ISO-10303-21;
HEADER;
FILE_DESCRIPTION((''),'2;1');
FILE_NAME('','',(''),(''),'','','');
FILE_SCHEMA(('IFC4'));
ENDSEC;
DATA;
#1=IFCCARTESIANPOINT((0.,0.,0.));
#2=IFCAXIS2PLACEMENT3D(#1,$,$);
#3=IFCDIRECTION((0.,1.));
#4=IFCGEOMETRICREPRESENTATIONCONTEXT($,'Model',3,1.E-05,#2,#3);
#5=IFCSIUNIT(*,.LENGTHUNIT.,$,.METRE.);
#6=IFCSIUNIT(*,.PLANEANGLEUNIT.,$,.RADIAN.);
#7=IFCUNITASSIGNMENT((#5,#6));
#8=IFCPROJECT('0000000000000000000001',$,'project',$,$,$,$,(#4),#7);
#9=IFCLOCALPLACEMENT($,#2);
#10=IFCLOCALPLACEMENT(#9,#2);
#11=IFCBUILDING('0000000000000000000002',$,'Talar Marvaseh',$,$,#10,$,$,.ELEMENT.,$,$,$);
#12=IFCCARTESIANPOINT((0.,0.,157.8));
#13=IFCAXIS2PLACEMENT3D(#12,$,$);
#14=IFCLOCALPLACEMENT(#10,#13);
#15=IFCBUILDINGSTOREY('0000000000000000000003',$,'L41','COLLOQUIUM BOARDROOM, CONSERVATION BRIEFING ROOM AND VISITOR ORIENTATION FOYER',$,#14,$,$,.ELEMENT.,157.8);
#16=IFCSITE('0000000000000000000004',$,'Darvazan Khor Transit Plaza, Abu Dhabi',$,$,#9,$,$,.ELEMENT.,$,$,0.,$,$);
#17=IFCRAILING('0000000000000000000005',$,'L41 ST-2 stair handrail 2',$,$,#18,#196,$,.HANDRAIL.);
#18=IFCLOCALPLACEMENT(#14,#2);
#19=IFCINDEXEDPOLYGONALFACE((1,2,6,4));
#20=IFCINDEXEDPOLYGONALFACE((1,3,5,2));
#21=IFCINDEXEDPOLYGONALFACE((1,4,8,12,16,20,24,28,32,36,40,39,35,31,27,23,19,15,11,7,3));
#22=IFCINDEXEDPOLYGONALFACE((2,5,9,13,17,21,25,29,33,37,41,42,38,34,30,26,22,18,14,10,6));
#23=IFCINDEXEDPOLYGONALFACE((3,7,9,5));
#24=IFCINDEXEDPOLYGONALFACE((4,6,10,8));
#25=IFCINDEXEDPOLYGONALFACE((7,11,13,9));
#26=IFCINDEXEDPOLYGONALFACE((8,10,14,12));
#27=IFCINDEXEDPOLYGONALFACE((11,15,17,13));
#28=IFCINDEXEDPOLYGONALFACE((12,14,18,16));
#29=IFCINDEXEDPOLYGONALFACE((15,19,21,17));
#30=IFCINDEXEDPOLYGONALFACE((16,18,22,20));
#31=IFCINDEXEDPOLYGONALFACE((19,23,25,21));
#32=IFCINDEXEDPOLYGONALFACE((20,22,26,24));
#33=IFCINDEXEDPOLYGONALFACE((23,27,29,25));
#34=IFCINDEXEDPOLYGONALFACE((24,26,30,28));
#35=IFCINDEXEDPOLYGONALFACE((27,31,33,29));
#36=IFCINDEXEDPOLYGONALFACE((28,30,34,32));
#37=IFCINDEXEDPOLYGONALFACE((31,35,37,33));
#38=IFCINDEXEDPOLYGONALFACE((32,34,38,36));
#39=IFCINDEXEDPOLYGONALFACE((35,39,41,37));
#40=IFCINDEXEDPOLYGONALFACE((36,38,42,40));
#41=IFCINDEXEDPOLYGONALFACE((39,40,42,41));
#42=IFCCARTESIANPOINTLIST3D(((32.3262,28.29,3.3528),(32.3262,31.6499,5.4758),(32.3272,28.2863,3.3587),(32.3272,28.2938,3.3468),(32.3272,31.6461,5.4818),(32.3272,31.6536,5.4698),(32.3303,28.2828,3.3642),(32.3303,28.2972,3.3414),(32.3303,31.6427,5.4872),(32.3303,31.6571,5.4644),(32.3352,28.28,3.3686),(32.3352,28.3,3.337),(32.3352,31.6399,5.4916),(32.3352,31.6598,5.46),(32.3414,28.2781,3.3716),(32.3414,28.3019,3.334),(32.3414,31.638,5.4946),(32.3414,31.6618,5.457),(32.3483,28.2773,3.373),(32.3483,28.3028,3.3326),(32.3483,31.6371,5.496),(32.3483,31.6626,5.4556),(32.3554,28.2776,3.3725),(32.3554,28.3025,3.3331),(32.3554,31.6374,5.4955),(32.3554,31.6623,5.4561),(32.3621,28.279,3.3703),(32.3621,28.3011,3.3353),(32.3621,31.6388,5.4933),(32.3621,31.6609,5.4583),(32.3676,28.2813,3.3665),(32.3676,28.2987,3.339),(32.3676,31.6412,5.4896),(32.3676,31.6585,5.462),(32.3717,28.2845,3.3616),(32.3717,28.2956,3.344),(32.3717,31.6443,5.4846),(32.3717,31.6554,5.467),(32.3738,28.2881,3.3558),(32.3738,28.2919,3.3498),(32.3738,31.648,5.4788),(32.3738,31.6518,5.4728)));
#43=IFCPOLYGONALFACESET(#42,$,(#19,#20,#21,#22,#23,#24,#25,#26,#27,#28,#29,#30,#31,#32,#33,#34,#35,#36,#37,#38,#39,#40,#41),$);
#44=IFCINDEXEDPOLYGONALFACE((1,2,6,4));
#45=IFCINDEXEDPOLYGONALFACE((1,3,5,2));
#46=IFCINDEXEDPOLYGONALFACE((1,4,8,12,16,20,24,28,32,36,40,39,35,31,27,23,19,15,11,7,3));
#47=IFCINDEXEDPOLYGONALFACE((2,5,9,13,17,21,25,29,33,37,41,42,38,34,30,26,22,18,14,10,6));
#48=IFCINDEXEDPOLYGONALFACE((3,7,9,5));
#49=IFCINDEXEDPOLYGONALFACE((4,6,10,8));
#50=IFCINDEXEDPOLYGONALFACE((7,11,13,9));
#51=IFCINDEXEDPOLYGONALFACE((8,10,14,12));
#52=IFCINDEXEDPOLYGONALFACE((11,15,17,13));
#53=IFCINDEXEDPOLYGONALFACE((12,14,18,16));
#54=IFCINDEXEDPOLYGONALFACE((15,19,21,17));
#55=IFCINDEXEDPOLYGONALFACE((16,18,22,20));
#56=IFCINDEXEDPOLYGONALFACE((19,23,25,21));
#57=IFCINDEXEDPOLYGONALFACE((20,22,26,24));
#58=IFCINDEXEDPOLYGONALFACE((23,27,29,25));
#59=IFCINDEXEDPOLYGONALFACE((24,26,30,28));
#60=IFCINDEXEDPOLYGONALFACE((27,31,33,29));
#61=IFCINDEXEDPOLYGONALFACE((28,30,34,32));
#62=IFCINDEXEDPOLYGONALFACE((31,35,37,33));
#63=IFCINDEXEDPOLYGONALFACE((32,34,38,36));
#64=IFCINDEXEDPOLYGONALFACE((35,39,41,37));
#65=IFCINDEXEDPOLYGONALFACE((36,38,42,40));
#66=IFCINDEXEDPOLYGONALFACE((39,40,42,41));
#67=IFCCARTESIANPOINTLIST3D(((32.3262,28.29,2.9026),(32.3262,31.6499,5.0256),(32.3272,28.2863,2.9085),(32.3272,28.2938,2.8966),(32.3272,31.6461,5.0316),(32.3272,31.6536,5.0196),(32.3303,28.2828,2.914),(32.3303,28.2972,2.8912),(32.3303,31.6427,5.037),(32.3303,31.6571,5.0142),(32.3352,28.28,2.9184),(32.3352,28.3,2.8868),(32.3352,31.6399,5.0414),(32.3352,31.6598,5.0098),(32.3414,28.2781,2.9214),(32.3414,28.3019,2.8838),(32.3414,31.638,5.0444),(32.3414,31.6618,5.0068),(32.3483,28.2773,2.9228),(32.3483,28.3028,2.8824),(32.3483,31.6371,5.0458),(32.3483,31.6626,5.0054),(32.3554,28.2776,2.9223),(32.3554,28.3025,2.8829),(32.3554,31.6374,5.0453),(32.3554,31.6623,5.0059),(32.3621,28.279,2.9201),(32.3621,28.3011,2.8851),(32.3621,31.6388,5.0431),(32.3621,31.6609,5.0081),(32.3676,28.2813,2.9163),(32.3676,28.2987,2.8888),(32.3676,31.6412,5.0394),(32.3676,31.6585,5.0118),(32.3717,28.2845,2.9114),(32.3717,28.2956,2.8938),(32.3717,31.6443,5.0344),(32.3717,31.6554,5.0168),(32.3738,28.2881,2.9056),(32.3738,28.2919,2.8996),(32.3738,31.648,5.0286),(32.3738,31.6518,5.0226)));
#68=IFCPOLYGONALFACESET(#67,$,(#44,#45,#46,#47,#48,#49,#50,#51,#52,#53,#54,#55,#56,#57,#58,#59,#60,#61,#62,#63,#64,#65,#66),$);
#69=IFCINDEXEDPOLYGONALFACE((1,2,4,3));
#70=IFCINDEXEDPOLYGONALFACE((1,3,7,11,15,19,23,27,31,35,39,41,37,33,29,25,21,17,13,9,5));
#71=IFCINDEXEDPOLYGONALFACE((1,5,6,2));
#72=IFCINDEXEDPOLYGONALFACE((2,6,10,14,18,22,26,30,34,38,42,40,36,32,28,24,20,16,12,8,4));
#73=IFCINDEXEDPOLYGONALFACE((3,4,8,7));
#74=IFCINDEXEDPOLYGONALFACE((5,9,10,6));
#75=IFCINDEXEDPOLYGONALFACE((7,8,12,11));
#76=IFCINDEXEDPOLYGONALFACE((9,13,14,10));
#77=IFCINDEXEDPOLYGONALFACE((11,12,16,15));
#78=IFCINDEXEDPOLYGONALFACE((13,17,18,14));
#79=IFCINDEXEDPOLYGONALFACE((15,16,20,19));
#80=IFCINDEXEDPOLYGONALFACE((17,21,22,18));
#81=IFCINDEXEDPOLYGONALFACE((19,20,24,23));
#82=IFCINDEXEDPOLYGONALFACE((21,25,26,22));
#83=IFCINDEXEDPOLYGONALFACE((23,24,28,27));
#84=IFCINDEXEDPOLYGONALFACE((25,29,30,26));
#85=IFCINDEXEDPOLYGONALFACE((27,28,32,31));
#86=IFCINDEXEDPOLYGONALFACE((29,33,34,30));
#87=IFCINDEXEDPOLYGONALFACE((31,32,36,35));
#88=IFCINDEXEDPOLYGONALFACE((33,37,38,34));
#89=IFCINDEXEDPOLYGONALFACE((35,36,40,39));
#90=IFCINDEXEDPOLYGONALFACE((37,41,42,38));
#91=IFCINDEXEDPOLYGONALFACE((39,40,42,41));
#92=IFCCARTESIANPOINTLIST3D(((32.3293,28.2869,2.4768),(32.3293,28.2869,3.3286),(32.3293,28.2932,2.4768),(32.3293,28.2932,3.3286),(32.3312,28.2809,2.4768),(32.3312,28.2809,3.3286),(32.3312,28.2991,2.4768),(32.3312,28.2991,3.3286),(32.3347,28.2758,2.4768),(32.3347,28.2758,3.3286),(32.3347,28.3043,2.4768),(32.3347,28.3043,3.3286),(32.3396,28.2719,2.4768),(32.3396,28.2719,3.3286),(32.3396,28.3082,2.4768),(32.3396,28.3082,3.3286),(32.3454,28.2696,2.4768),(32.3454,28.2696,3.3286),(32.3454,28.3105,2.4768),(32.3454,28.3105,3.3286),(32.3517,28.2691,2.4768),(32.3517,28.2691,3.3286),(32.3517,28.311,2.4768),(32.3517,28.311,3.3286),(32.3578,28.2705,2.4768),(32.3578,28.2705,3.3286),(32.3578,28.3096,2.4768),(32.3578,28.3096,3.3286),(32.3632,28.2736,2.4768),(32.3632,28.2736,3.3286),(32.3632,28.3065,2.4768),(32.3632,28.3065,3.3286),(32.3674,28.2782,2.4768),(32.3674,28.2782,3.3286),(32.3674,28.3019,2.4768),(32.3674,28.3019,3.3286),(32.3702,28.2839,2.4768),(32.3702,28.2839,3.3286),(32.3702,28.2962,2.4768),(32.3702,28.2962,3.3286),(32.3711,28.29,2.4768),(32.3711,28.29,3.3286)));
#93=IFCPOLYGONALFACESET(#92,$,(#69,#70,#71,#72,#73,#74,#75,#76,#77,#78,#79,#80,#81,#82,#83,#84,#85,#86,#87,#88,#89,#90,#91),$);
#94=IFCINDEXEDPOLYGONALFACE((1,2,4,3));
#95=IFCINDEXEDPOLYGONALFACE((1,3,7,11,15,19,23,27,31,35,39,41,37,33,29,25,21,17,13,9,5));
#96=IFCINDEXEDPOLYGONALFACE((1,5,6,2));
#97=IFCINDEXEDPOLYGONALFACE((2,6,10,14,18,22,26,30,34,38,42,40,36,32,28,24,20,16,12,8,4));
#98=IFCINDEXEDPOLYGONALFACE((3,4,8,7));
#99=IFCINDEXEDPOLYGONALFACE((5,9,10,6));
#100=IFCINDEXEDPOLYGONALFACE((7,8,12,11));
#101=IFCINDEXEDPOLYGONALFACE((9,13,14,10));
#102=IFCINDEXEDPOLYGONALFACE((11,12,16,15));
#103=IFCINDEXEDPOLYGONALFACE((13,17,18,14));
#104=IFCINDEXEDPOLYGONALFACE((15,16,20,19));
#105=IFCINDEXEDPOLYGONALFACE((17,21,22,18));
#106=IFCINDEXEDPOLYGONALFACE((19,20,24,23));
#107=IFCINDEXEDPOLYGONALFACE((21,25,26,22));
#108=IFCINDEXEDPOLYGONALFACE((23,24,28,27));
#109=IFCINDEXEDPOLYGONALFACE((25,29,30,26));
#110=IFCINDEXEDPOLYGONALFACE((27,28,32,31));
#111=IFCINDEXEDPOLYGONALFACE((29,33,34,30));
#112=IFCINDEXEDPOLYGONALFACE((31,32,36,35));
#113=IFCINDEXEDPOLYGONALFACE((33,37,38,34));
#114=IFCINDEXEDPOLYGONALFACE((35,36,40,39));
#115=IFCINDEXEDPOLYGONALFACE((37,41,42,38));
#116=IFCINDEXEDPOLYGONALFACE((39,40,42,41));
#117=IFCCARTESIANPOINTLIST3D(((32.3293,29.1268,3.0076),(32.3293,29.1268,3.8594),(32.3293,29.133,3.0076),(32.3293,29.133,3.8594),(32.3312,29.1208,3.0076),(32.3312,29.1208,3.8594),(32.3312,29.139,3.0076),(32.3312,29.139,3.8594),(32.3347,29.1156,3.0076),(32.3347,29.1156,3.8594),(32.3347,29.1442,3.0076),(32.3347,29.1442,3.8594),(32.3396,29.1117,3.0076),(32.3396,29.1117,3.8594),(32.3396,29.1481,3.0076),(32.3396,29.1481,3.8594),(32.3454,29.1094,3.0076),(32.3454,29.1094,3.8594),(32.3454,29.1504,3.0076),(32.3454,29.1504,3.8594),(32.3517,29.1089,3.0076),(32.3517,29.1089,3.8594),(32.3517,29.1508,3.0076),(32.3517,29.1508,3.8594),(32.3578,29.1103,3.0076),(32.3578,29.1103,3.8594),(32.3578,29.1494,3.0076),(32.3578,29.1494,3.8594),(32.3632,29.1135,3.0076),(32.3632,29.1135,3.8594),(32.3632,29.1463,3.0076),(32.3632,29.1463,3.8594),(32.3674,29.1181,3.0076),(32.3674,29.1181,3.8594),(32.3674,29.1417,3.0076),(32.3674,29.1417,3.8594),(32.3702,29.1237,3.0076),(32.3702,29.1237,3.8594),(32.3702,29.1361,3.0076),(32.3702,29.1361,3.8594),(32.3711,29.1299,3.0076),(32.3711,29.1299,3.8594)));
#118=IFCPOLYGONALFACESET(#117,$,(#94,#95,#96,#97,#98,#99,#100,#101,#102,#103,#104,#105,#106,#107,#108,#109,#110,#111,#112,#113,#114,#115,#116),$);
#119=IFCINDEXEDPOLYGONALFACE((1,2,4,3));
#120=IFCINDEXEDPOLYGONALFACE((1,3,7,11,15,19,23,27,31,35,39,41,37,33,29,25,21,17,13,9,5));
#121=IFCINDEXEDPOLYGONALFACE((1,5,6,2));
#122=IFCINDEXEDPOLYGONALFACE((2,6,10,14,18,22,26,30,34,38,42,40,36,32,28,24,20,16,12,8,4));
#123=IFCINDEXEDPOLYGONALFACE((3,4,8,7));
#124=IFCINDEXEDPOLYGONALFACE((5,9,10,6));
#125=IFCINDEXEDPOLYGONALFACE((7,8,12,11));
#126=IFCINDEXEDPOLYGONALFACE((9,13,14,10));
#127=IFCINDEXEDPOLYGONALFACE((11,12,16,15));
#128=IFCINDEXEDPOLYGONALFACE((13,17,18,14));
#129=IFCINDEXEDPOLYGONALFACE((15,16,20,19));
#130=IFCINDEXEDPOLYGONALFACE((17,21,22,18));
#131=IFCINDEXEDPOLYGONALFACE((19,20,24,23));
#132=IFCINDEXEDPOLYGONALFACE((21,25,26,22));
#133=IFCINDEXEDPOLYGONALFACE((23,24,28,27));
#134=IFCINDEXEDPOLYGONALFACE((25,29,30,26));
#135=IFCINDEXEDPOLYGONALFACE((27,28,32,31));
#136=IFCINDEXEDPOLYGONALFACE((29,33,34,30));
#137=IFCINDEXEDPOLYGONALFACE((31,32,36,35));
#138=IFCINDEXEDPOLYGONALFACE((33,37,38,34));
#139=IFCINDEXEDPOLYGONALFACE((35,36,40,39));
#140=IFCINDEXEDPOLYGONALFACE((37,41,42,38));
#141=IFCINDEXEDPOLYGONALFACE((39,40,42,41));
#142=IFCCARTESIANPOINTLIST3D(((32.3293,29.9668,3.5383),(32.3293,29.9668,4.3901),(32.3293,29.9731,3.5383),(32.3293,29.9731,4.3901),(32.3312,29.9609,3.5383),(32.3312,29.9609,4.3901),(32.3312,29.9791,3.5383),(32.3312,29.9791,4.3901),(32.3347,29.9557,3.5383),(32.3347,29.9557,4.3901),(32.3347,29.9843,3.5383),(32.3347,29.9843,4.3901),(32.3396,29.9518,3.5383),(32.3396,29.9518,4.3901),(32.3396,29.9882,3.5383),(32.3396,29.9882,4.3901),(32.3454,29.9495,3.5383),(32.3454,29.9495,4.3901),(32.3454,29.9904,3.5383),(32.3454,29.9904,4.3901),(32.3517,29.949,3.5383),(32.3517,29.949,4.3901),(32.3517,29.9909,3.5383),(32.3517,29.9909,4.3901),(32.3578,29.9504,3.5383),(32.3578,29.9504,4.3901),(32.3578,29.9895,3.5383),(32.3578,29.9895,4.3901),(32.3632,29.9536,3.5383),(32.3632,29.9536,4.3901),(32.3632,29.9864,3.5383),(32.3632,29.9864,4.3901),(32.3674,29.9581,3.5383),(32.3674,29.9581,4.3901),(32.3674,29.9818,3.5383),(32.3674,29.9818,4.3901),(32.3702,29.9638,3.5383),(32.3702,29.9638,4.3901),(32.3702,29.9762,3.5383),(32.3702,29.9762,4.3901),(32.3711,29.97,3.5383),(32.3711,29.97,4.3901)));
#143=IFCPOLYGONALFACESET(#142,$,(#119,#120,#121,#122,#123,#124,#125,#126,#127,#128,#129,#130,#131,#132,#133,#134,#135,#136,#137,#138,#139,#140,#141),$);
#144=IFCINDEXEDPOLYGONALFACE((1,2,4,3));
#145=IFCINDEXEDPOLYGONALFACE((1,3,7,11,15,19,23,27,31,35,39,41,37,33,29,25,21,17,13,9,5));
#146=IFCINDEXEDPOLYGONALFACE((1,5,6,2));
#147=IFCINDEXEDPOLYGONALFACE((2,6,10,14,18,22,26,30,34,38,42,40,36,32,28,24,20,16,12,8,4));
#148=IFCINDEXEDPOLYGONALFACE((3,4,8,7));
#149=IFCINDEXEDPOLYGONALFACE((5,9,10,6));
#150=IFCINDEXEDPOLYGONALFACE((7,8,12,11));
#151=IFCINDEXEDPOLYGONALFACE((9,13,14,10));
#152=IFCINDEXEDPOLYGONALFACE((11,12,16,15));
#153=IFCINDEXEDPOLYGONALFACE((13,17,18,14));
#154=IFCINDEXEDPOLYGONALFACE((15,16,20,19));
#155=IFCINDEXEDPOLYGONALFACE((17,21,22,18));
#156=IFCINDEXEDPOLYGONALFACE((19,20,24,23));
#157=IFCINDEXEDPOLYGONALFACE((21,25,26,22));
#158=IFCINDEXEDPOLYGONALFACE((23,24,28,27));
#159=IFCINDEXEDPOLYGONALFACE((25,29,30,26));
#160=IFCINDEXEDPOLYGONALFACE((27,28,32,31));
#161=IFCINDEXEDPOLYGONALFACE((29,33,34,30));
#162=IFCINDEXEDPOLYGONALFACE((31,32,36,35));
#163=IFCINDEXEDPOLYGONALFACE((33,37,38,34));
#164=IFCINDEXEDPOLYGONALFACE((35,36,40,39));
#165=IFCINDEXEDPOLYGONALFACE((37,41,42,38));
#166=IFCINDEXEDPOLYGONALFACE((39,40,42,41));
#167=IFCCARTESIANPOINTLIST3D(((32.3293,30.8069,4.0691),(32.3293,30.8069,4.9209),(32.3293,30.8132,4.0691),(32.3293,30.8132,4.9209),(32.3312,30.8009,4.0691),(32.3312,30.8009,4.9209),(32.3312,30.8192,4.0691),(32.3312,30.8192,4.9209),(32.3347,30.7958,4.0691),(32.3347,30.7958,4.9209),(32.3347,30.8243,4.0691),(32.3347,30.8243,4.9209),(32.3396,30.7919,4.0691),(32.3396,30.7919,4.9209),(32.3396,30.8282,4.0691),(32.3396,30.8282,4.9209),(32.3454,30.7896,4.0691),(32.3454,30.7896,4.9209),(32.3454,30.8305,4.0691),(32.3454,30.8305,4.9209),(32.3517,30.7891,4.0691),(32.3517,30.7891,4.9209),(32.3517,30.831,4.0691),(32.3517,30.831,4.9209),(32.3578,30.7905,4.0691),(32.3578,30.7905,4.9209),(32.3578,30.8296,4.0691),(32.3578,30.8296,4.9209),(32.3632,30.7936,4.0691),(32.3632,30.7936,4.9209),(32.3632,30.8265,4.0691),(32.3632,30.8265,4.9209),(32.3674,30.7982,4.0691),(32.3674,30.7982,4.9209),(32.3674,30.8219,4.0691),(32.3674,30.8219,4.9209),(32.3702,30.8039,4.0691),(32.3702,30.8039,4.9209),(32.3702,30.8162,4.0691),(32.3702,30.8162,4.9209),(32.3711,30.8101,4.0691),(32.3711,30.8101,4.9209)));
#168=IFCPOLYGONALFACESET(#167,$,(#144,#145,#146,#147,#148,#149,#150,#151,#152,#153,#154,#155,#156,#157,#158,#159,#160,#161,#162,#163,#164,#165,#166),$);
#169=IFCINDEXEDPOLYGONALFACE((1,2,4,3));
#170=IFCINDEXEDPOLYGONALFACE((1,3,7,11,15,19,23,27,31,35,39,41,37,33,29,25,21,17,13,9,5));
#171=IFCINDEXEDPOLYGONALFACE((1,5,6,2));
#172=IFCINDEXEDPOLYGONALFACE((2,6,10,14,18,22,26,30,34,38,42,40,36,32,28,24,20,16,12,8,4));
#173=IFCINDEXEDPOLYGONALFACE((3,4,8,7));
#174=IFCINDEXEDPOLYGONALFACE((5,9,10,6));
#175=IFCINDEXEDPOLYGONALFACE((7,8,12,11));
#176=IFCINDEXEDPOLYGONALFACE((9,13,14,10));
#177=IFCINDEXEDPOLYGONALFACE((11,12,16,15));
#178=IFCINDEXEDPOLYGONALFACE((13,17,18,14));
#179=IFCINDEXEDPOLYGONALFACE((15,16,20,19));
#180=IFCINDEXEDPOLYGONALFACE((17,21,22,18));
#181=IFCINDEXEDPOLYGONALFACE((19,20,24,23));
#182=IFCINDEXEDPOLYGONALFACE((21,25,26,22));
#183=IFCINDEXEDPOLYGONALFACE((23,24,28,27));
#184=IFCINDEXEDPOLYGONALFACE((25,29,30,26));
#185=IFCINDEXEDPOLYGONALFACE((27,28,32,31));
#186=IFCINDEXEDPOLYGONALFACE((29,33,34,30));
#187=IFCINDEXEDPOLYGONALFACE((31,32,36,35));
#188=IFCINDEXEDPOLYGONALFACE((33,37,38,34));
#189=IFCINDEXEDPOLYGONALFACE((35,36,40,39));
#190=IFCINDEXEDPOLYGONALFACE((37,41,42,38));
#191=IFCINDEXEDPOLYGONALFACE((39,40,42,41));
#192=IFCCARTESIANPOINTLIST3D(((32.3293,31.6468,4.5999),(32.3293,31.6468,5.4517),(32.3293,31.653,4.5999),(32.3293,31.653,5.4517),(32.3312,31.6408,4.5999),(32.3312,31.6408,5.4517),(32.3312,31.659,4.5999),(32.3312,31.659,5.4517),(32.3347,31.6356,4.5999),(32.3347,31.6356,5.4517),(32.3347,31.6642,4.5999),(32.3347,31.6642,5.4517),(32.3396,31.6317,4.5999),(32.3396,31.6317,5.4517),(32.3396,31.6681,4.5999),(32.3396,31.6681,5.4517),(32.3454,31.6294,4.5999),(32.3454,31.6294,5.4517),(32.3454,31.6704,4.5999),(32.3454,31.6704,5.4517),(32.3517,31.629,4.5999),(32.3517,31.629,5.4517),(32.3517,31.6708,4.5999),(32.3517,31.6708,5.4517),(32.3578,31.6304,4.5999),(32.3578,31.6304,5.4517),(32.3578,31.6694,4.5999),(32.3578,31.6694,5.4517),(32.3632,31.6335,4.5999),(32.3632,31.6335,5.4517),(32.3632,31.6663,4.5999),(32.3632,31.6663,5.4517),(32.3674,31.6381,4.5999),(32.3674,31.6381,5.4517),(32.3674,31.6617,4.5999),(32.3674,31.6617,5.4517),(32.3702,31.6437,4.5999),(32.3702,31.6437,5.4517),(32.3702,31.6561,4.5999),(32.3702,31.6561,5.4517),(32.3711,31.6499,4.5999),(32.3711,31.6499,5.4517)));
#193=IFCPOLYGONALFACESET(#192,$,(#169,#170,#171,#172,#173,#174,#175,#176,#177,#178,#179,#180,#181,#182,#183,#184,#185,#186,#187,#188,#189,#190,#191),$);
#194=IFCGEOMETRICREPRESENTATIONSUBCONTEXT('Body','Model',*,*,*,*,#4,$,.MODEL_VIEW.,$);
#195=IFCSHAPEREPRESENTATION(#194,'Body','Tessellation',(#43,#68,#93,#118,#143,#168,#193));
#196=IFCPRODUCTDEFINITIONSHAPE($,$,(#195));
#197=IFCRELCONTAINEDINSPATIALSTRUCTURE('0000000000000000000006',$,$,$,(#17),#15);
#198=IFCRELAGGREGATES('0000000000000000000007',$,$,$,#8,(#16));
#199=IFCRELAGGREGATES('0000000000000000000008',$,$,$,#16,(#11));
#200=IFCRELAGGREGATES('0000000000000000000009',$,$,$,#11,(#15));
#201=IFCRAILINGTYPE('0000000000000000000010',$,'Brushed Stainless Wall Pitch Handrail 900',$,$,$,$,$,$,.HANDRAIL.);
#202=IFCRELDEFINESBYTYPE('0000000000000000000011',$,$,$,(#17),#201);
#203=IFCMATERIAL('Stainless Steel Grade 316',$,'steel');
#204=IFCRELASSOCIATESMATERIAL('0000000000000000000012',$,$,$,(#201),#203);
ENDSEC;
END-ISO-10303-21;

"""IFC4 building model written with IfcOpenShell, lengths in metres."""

from ifc_helpers import new_model, si_unit, direction, frame, origin, origin_2d, place, context, subcontext, project, spatial, circle, extrude, material, type_object, element, save


model = new_model("IFC4")

# Units and contexts
model_context = context("Model", 3, precision=1e-05, world=origin(), true_north=direction((0.0, 1.0)))
body_context = subcontext(model_context, "Body", "Model", "MODEL_VIEW")
ifc_project = project(units=[si_unit("LENGTHUNIT", "METRE"), si_unit("PLANEANGLEUNIT", "RADIAN")], contexts=[model_context])

# Site, building, storey
site_placement = place(None, origin())
site = spatial("IfcSite", under=ifc_project, at=site_placement, Name="Darvazan Khor Transit Plaza, Abu Dhabi", CompositionType="ELEMENT", RefElevation=0.0)
building_placement = place(site_placement, origin())
building = spatial("IfcBuilding", under=site, at=building_placement, Name="Talar Marvaseh", CompositionType="ELEMENT")
storey_placement = place(building_placement, frame((0.0, 0.0, 157.8)))
storey = spatial("IfcBuildingStorey", under=building, at=storey_placement, Name="L41", Description="COLLOQUIUM BOARDROOM, CONSERVATION BRIEFING ROOM AND VISITOR ORIENTATION FOYER", CompositionType="ELEMENT", Elevation=157.8)

# Railing
ifc_material_1 = material(Name="Stainless Steel Grade 316", Category="steel")
railing_type_1 = type_object("IfcRailingType", Name="Brushed Stainless Wall Pitch Handrail 900", PredefinedType="HANDRAIL", material=ifc_material_1)
railing_1_placement = place(storey_placement, frame((32.3501, 28.29, 2.4768)))
element("IfcRailing", 1, at=railing_1_placement, inside=storey, type_object=railing_type_1, Name="L41 ST-2 stair handrail 2", PredefinedType="HANDRAIL", context=body_context, shape_type="SweptSolid", body=[
    extrude(circle(Radius=0.0239, at=origin_2d()), frame((0.0, 0.0, 0.876), z_axis=(0.0, 0.845372, 0.534178), x_axis=(-1.0, 0.0, 0.0)), (0.0, 0.0, 1.0), 3.9744),
    extrude(circle(Radius=0.0239, at=origin_2d()), frame((0.0, 0.0, 0.4258), z_axis=(0.0, 0.845372, 0.534178), x_axis=(-1.0, 0.0, 0.0)), (0.0, 0.0, 1.0), 3.9744),
    extrude(circle(Radius=0.021, at=origin_2d()), origin(), (0.0, 0.0, 1.0), 0.8518),
    extrude(circle(Radius=0.021, at=origin_2d()), frame((0.0, 0.8398, 0.5308)), (0.0, 0.0, 1.0), 0.8518),
    extrude(circle(Radius=0.021, at=origin_2d()), frame((0.0, 1.6799, 1.0615)), (0.0, 0.0, 1.0), 0.8518),
    extrude(circle(Radius=0.021, at=origin_2d()), frame((0.0, 2.52, 1.5923)), (0.0, 0.0, 1.0), 0.8518),
    extrude(circle(Radius=0.021, at=origin_2d()), frame((0.0, 3.3599, 2.123)), (0.0, 0.0, 1.0), 0.8518),
])

save(model, "model.ifc")
